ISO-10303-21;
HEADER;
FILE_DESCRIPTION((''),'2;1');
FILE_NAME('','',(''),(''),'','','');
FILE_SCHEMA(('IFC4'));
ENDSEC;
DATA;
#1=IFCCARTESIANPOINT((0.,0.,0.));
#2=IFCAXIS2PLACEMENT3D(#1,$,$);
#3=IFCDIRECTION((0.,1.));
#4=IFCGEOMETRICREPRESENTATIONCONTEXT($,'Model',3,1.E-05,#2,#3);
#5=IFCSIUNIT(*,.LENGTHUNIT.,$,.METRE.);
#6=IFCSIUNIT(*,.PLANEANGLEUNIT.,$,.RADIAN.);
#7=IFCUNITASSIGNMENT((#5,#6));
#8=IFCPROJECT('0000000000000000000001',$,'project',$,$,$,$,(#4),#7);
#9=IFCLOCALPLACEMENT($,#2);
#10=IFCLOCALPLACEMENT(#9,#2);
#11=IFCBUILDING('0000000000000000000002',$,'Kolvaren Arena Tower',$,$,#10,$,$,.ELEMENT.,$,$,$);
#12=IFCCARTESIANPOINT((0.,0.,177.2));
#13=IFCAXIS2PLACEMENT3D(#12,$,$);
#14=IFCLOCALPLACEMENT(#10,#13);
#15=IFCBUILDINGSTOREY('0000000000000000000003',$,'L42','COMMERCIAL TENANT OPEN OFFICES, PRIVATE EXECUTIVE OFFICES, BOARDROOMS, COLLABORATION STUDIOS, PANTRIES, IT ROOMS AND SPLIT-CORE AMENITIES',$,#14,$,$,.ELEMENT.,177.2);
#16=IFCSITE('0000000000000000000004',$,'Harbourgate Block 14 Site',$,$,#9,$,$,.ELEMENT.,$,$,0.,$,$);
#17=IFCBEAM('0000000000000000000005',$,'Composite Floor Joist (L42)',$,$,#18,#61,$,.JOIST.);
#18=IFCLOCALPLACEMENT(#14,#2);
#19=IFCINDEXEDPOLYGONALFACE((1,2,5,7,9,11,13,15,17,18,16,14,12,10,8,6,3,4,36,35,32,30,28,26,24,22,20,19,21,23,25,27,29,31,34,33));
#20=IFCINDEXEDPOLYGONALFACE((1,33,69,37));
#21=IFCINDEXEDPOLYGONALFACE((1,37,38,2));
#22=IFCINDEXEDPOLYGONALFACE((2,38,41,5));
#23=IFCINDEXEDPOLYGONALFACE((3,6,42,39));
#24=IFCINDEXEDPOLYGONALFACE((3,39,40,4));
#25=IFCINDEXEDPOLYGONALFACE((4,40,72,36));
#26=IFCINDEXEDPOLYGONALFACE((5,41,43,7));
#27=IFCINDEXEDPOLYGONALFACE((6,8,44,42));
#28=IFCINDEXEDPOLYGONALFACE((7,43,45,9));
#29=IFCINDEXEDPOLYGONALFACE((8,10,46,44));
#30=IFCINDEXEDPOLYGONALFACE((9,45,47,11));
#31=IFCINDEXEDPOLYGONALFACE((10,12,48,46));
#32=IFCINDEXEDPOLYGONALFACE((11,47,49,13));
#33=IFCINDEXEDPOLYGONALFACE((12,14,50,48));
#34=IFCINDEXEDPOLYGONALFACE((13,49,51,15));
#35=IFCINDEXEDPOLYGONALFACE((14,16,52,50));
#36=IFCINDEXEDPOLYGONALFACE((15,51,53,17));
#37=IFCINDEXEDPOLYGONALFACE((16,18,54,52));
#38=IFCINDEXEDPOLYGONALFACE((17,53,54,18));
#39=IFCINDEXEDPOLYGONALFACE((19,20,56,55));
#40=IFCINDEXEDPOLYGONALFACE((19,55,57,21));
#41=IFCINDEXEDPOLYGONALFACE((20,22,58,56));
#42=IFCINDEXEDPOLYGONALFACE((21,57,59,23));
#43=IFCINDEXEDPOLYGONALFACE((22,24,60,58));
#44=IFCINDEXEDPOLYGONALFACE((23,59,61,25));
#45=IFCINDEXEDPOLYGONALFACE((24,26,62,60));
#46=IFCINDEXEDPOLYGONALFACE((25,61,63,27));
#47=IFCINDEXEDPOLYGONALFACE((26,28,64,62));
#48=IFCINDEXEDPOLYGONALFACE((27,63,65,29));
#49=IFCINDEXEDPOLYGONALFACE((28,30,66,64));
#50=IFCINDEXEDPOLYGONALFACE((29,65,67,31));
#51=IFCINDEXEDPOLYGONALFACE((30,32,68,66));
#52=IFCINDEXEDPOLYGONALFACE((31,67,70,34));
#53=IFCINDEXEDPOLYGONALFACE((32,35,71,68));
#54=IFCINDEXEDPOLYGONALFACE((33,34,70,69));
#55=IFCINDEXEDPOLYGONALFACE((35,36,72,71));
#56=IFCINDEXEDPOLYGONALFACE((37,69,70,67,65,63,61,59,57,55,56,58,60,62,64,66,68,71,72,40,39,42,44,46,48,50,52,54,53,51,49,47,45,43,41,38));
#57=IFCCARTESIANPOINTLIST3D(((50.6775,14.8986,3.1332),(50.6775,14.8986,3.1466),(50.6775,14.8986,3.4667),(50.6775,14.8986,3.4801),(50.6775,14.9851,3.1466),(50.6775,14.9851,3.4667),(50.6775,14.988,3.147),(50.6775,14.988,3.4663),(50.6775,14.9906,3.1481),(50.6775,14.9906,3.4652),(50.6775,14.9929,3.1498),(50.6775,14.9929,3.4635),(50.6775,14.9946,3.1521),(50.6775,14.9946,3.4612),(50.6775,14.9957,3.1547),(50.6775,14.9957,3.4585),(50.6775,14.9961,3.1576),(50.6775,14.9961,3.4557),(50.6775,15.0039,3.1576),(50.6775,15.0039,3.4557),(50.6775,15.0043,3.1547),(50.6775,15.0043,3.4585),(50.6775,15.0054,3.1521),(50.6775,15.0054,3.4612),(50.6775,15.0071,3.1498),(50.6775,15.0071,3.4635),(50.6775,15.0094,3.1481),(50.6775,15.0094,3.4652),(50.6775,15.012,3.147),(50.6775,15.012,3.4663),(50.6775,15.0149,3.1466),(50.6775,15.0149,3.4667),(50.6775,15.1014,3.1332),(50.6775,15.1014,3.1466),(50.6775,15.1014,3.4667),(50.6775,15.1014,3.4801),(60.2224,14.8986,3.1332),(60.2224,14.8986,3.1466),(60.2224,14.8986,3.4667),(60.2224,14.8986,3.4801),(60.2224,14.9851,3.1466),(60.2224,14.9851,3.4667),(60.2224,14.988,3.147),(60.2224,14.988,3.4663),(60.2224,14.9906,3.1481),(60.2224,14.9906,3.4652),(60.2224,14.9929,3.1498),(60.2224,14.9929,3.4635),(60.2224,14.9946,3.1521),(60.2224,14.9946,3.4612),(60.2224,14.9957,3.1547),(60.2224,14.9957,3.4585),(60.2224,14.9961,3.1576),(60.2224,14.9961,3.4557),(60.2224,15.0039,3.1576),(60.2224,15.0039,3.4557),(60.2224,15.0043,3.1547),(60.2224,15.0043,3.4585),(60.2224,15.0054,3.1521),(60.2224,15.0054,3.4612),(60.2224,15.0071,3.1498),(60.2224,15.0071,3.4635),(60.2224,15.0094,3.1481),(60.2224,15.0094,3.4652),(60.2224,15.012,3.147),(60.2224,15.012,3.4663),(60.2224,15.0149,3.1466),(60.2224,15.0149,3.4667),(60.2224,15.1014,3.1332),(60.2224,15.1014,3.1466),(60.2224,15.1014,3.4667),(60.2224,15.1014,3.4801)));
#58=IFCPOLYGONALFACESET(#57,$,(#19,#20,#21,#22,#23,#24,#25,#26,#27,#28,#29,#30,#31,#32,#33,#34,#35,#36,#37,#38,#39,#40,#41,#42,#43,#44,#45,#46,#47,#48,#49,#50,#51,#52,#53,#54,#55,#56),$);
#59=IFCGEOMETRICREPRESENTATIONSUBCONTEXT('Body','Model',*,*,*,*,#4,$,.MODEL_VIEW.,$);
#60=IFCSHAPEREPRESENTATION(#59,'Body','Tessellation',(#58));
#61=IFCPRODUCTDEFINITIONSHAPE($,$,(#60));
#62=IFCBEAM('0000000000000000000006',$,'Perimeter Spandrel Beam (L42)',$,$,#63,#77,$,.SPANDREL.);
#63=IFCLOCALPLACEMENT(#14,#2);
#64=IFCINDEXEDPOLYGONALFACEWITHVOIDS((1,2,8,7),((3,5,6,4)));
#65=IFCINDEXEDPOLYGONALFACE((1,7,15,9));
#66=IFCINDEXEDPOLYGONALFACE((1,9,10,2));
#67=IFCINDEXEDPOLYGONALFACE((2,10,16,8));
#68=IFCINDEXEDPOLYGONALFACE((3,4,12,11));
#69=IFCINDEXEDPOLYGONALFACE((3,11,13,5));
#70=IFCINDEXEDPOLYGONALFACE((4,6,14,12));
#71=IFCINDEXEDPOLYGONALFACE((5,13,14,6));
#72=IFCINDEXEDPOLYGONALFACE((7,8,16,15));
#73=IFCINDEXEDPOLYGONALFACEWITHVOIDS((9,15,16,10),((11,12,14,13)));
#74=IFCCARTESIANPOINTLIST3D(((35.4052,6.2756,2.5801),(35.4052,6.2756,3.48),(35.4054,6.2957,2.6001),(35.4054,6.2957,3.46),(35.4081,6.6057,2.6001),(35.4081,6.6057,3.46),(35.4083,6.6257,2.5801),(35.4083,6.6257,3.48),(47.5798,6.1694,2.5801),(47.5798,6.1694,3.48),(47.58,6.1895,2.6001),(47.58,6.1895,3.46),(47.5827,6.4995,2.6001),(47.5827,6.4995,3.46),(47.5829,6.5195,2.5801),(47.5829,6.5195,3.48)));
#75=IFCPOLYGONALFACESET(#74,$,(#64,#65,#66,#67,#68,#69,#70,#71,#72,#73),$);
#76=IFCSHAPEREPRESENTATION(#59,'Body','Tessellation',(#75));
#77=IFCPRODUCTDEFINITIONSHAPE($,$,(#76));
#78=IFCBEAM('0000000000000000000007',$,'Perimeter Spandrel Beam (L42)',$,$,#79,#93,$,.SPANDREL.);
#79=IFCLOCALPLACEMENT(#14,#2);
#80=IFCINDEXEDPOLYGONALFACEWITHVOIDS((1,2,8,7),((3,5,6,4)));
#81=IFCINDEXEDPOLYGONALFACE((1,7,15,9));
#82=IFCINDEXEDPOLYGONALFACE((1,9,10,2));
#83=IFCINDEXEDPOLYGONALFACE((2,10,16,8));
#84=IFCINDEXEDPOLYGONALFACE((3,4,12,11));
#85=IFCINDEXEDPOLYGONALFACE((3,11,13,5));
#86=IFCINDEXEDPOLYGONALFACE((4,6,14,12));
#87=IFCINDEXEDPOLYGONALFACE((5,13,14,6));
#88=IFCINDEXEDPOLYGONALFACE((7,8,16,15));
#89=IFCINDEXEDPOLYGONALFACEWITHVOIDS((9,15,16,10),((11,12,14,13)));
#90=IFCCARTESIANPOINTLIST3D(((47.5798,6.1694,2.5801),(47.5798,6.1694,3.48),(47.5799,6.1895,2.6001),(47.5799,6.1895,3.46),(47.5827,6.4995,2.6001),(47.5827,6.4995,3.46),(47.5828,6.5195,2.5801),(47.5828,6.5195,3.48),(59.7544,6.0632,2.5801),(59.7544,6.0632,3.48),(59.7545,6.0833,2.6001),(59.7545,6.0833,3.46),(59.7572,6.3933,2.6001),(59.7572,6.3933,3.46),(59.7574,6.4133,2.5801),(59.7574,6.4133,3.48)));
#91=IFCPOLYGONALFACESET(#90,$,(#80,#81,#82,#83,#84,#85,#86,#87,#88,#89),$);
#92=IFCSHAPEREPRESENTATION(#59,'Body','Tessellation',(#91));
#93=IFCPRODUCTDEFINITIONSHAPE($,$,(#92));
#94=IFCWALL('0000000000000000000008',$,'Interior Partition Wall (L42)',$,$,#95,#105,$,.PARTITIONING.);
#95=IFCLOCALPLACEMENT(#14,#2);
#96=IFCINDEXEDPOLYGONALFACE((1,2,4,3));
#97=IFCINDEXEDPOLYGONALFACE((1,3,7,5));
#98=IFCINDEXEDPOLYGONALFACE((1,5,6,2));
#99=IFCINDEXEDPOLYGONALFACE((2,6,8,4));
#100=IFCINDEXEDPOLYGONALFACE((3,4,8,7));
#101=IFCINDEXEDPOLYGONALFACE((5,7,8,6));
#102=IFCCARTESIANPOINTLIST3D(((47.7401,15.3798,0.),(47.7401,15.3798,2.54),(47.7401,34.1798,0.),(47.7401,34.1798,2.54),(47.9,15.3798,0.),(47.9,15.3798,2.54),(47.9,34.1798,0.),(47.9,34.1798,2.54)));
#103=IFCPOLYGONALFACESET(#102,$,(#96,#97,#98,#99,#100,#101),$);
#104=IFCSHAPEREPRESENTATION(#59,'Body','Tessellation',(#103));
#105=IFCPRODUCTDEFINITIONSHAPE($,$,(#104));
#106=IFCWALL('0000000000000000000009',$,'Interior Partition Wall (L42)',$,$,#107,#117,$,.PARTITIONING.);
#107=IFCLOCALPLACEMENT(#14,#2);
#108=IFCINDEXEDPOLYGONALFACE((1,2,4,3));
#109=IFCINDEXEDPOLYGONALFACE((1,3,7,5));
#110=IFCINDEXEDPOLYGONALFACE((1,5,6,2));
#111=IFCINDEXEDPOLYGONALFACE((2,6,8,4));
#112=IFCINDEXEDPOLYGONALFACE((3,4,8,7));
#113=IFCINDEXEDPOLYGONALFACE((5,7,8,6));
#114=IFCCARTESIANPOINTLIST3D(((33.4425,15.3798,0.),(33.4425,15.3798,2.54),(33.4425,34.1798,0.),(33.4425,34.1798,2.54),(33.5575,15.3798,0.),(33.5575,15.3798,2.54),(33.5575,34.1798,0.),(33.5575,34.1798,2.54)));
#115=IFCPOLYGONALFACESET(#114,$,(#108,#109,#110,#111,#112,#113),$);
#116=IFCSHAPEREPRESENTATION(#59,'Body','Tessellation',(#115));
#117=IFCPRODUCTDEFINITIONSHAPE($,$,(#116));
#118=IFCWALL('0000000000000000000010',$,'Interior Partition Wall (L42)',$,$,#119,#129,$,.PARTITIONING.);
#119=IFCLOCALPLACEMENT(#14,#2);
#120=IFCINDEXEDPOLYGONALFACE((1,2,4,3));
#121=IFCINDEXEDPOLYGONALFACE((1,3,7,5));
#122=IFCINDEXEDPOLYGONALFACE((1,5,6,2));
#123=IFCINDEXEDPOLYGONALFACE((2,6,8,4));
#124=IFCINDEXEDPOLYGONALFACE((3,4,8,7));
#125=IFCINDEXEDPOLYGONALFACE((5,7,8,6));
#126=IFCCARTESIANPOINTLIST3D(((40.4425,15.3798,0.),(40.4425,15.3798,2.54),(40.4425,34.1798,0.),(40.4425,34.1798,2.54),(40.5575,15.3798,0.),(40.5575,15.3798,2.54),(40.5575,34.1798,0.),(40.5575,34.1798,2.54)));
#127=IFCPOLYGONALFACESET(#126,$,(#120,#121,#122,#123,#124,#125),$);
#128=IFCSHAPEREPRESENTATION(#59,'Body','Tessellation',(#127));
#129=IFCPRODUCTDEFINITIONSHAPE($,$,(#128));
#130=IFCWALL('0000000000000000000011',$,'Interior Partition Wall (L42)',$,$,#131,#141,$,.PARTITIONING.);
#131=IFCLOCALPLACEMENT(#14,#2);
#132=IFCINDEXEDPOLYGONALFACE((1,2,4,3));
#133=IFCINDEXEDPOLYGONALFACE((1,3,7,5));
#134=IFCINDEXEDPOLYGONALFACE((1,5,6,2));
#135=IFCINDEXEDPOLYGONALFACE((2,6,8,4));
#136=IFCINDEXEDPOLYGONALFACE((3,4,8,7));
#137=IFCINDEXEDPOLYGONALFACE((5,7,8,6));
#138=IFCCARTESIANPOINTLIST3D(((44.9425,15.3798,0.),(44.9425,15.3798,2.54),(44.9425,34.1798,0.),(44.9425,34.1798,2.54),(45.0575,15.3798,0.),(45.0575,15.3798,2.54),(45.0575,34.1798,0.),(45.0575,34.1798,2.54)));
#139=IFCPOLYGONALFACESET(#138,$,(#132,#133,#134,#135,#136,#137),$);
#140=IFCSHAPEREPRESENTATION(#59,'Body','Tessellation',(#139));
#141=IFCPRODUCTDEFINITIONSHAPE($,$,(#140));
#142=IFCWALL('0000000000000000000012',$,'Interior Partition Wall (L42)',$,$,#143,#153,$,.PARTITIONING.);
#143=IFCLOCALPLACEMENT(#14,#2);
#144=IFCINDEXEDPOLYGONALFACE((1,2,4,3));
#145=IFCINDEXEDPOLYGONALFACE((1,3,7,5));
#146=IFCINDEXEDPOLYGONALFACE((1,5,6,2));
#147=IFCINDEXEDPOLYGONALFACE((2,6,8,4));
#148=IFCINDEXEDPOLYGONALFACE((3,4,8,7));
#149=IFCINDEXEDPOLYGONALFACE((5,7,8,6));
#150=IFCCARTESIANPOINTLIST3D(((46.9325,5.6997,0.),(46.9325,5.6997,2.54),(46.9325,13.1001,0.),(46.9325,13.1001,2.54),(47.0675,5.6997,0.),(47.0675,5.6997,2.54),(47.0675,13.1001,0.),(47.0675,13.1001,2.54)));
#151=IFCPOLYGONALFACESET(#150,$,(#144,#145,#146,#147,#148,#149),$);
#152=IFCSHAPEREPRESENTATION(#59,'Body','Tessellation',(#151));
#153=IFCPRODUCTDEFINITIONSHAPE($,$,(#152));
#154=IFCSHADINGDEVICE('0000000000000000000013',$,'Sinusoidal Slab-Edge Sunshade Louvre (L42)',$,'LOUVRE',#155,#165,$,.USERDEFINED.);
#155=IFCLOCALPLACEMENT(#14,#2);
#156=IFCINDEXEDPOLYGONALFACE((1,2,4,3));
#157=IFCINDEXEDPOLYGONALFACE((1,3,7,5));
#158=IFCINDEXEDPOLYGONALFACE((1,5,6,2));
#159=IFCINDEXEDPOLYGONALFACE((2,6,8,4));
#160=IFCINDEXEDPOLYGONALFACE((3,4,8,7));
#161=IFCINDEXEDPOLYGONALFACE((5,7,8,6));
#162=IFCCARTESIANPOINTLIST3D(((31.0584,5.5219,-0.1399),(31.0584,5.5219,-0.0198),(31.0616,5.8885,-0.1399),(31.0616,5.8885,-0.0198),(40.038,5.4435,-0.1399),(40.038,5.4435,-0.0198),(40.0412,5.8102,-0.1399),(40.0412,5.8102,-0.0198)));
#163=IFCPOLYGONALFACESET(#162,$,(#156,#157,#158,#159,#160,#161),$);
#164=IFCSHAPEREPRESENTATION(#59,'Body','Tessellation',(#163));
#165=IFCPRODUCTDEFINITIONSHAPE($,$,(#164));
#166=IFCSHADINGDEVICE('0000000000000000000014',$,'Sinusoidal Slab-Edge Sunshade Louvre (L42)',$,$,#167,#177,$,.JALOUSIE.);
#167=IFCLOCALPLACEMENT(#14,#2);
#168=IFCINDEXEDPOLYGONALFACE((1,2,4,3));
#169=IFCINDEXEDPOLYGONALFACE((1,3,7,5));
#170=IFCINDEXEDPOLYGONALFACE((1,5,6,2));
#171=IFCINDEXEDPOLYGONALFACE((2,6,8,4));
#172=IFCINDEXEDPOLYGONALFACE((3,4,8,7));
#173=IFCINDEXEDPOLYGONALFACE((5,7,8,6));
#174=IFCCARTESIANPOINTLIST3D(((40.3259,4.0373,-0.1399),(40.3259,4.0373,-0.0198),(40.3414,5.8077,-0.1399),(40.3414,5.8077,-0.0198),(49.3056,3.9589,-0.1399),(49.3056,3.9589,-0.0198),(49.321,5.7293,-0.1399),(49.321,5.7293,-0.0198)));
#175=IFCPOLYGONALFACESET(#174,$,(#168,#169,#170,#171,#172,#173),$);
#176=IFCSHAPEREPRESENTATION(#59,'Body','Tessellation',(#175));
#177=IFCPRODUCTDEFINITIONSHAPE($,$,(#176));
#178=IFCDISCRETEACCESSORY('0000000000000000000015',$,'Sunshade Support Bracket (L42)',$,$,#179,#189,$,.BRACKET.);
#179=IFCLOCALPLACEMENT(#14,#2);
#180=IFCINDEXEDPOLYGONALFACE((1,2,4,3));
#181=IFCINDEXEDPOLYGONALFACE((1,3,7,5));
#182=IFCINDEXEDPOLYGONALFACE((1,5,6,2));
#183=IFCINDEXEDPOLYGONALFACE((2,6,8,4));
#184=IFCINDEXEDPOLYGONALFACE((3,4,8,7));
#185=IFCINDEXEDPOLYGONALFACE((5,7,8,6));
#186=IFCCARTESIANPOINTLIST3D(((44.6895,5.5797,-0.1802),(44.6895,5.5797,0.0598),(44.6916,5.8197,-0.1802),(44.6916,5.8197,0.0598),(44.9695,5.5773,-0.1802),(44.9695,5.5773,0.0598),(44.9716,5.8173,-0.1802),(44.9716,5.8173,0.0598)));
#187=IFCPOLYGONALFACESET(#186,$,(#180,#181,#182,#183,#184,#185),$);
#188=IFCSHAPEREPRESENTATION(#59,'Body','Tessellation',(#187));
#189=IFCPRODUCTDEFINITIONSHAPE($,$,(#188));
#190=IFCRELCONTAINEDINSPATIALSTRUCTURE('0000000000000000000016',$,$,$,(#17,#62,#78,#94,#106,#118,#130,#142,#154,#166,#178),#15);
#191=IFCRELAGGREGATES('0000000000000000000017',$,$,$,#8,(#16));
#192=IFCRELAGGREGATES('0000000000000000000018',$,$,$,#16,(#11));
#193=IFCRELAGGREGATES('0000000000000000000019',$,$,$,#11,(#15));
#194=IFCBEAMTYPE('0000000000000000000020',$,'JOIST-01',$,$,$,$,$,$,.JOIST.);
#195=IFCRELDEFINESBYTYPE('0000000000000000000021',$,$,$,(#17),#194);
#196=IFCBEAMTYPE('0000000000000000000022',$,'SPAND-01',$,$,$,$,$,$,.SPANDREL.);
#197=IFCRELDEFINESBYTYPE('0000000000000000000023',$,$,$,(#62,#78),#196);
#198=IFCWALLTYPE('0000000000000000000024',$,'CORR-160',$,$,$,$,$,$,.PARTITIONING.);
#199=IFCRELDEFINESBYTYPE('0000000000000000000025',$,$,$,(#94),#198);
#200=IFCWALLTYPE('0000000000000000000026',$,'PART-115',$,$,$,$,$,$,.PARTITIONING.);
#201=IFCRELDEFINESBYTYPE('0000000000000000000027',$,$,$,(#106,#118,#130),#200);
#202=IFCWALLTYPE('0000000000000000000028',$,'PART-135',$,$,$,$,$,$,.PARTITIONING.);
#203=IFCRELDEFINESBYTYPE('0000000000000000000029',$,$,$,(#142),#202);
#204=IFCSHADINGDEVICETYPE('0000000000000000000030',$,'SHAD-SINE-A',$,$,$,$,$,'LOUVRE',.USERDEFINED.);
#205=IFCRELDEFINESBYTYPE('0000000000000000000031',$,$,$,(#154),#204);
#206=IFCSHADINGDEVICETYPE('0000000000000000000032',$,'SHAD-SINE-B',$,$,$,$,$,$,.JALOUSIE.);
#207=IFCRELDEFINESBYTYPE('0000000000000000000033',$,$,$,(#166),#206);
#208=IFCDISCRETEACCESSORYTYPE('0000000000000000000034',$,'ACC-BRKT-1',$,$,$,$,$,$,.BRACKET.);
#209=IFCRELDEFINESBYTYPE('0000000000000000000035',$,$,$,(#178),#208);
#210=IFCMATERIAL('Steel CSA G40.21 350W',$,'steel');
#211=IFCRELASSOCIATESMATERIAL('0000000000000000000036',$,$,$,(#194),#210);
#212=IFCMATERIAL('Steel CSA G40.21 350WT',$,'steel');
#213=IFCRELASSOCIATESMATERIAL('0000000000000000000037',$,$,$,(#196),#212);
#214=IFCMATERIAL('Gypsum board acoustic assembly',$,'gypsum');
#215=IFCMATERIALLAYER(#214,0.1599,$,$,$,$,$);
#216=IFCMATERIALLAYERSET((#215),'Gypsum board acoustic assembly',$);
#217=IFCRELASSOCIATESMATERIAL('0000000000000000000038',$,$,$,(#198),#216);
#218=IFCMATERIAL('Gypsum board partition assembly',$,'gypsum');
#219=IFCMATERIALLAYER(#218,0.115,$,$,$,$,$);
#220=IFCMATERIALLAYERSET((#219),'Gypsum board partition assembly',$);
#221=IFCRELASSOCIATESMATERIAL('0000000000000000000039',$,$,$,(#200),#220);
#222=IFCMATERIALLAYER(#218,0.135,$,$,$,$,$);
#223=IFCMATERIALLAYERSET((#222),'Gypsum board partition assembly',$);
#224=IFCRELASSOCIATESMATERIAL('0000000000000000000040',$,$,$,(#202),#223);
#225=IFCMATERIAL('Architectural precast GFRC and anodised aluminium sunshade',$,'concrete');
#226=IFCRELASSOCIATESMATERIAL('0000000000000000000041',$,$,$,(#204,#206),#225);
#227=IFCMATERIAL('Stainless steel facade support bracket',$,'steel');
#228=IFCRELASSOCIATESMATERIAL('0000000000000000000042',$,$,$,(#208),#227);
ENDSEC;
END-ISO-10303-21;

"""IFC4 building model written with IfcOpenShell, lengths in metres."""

from ifc_helpers import new_model, si_unit, direction, frame, frame_2d, origin, origin_2d, place, context, subcontext, project, spatial, rectangle, hollow_rectangle, i_section, extrude, material, layer, layer_set, material_profile, profile_set, type_object, element, save


model = new_model("IFC4")

# Units and contexts
model_context = context("Model", 3, precision=1e-05, world=origin(), true_north=direction((0.0, 1.0)))
body_context = subcontext(model_context, "Body", "Model", "MODEL_VIEW")
ifc_project = project(units=[si_unit("LENGTHUNIT", "METRE"), si_unit("PLANEANGLEUNIT", "RADIAN")], contexts=[model_context])

# Site, building, storey
site_placement = place(None, origin())
site = spatial("IfcSite", under=ifc_project, at=site_placement, Name="Harbourgate Block 14 Site", CompositionType="ELEMENT", RefElevation=0.0)
building_placement = place(site_placement, origin())
building = spatial("IfcBuilding", under=site, at=building_placement, Name="Kolvaren Arena Tower", CompositionType="ELEMENT")
storey_placement = place(building_placement, frame((0.0, 0.0, 177.2)))
storey = spatial("IfcBuildingStorey", under=building, at=storey_placement, Name="L42", Description="COMMERCIAL TENANT OPEN OFFICES, PRIVATE EXECUTIVE OFFICES, BOARDROOMS, COLLABORATION STUDIOS, PANTRIES, IT ROOMS AND SPLIT-CORE AMENITIES", CompositionType="ELEMENT", Elevation=177.2)

# Beams
ifc_material_1 = material(Name="Steel CSA G40.21 350W", Category="steel")
ifc_material_profile_1 = material_profile(ifc_material_1, i_section(OverallWidth=0.2029, OverallDepth=0.3469, WebThickness=0.0078, FlangeThickness=0.0134, FilletRadius=0.011, at=origin_2d()), Name="W360x64")
ifc_profile_set_1 = profile_set([ifc_material_profile_1], Name="Steel CSA G40.21 350W")
beam_type_1 = type_object("IfcBeamType", Name="JOIST-01", PredefinedType="JOIST", material=ifc_profile_set_1)
beam_1_placement = place(storey_placement, frame((50.6775, 15.0, 3.3066), z_axis=(1.0, 0.0, 0.0), x_axis=(0.0, 1.0, 0.0)))
element("IfcBeam", 1, at=beam_1_placement, inside=storey, type_object=beam_type_1, Name="Composite Floor Joist (L42)", PredefinedType="JOIST", context=body_context, shape_type="SweptSolid", body=[
    extrude(i_section(OverallWidth=0.2029, OverallDepth=0.3469, WebThickness=0.0078, FlangeThickness=0.0134, FilletRadius=0.011, at=origin_2d()), origin(), (0.0, 0.0, 1.0), 9.5449),
])
ifc_material_2 = material(Name="Steel CSA G40.21 350WT", Category="steel")
ifc_material_profile_2 = material_profile(ifc_material_2, hollow_rectangle(XDim=0.3501, YDim=0.8999, WallThickness=0.02, at=origin_2d()), Name="HSS 900x350x20")
ifc_profile_set_2 = profile_set([ifc_material_profile_2], Name="Steel CSA G40.21 350WT")
beam_type_2 = type_object("IfcBeamType", Name="SPAND-01", PredefinedType="SPANDREL", material=ifc_profile_set_2)
for number, where, z_axis, x_axis, name in (
    (2, (35.4067, 6.4507, 3.03), (0.999962, -0.008723, 0.0), (0.008723, 0.999962, 0.0), "Perimeter Spandrel Beam (L42)"),
    (3, (47.5813, 6.3445, 3.03), (0.999962, -0.008723, 0.0), (0.008723, 0.999962, 0.0), "Perimeter Spandrel Beam (L42)"),
):
    element("IfcBeam", number, at=place(storey_placement, frame(where, z_axis=z_axis, x_axis=x_axis)), inside=storey, type_object=beam_type_2, Name=name, PredefinedType="SPANDREL", context=body_context, shape_type="SweptSolid", body=[
        extrude(hollow_rectangle(XDim=0.3501, YDim=0.8999, WallThickness=0.02, at=origin_2d()), origin(), (0.0, 0.0, 1.0), 12.175),
    ])

# Walls
ifc_material_3 = material(Name="Gypsum board acoustic assembly", Category="gypsum")
ifc_layer_1 = layer(ifc_material_3, 0.1599)
ifc_layer_set_1 = layer_set([ifc_layer_1], Name="Gypsum board acoustic assembly")
wall_type_1 = type_object("IfcWallType", Name="CORR-160", PredefinedType="PARTITIONING", material=ifc_layer_set_1)
wall_1_placement = place(storey_placement, frame((47.8201, 15.3799, 0.0), z_axis=(0.0, 0.0, 1.0), x_axis=(0.0, 1.0, 0.0)))
element("IfcWall", 4, at=wall_1_placement, inside=storey, type_object=wall_type_1, Name="Interior Partition Wall (L42)", PredefinedType="PARTITIONING", context=body_context, shape_type="SweptSolid", body=[
    extrude(rectangle(XDim=18.8, YDim=0.1599, at=frame_2d((9.3999, 0.0))), origin(), (0.0, 0.0, 1.0), 2.54),
])
ifc_material_4 = material(Name="Gypsum board partition assembly", Category="gypsum")
ifc_layer_2 = layer(ifc_material_4, 0.115)
ifc_layer_set_2 = layer_set([ifc_layer_2], Name="Gypsum board partition assembly")
wall_type_2 = type_object("IfcWallType", Name="PART-115", PredefinedType="PARTITIONING", material=ifc_layer_set_2)
for number, where, z_axis, x_axis, name in (
    (5, (33.5, 15.3799, 0.0), (0.0, 0.0, 1.0), (0.0, 1.0, 0.0), "Interior Partition Wall (L42)"),
    (6, (40.5, 15.3799, 0.0), (0.0, 0.0, 1.0), (0.0, 1.0, 0.0), "Interior Partition Wall (L42)"),
    (7, (45.0, 15.3799, 0.0), (0.0, 0.0, 1.0), (0.0, 1.0, 0.0), "Interior Partition Wall (L42)"),
):
    element("IfcWall", number, at=place(storey_placement, frame(where, z_axis=z_axis, x_axis=x_axis)), inside=storey, type_object=wall_type_2, Name=name, PredefinedType="PARTITIONING", context=body_context, shape_type="SweptSolid", body=[
        extrude(rectangle(XDim=18.8, YDim=0.115, at=frame_2d((9.3999, 0.0))), origin(), (0.0, 0.0, 1.0), 2.54),
    ])
ifc_layer_3 = layer(ifc_material_4, 0.135)
ifc_layer_set_3 = layer_set([ifc_layer_3], Name="Gypsum board partition assembly")
wall_type_3 = type_object("IfcWallType", Name="PART-135", PredefinedType="PARTITIONING", material=ifc_layer_set_3)
wall_2_placement = place(storey_placement, frame((47.0, 5.6997, 0.0), z_axis=(0.0, 0.0, 1.0), x_axis=(0.0, 1.0, 0.0)))
element("IfcWall", 8, at=wall_2_placement, inside=storey, type_object=wall_type_3, Name="Interior Partition Wall (L42)", PredefinedType="PARTITIONING", context=body_context, shape_type="SweptSolid", body=[
    extrude(rectangle(XDim=7.4004, YDim=0.135, at=frame_2d((3.7002, 0.0))), origin(), (0.0, 0.0, 1.0), 2.54),
])

# Shading devices
ifc_material_5 = material(Name="Architectural precast GFRC and anodised aluminium sunshade", Category="concrete")
shading_device_type_1 = type_object("IfcShadingDeviceType", Name="SHAD-SINE-A", ElementType="LOUVRE", PredefinedType="USERDEFINED", material=ifc_material_5)
shading_device_1_placement = place(storey_placement, frame((35.5498, 5.666, -0.1399), z_axis=(0.0, 0.0, 1.0), x_axis=(-0.999962, 0.008727, 0.0)))
element("IfcShadingDevice", 9, at=shading_device_1_placement, inside=storey, type_object=shading_device_type_1, Name="Sinusoidal Slab-Edge Sunshade Louvre (L42)", ObjectType="LOUVRE", PredefinedType="USERDEFINED", context=body_context, shape_type="SweptSolid", body=[
    extrude(rectangle(XDim=8.98, YDim=0.3667, at=origin_2d()), origin(), (0.0, 0.0, 1.0), 0.1201),
])
shading_device_type_2 = type_object("IfcShadingDeviceType", Name="SHAD-SINE-B", PredefinedType="JALOUSIE", material=ifc_material_5)
shading_device_2_placement = place(storey_placement, frame((44.8235, 4.8833, -0.1399), z_axis=(0.0, 0.0, 1.0), x_axis=(-0.999962, 0.008727, 0.0)))
element("IfcShadingDevice", 10, at=shading_device_2_placement, inside=storey, type_object=shading_device_type_2, Name="Sinusoidal Slab-Edge Sunshade Louvre (L42)", PredefinedType="JALOUSIE", context=body_context, shape_type="SweptSolid", body=[
    extrude(rectangle(XDim=8.98, YDim=1.7705, at=origin_2d()), origin(), (0.0, 0.0, 1.0), 0.1201),
])

# Discrete accessory
ifc_material_6 = material(Name="Stainless steel facade support bracket", Category="steel")
discrete_accessory_type = type_object("IfcDiscreteAccessoryType", Name="ACC-BRKT-1", PredefinedType="BRACKET", material=ifc_material_6)
for number, where, z_axis, x_axis, name in (
    (11, (44.8306, 5.6985, -0.1802), (0.0, 0.0, 1.0), (-0.999962, 0.008727, 0.0), "Sunshade Support Bracket (L42)"),
):
    element("IfcDiscreteAccessory", number, at=place(storey_placement, frame(where, z_axis=z_axis, x_axis=x_axis)), inside=storey, type_object=discrete_accessory_type, Name=name, PredefinedType="BRACKET", context=body_context, shape_type="SweptSolid", body=[
        extrude(rectangle(XDim=0.28, YDim=0.24, at=origin_2d()), origin(), (0.0, 0.0, 1.0), 0.24),
    ])

save(model, "model.ifc")
